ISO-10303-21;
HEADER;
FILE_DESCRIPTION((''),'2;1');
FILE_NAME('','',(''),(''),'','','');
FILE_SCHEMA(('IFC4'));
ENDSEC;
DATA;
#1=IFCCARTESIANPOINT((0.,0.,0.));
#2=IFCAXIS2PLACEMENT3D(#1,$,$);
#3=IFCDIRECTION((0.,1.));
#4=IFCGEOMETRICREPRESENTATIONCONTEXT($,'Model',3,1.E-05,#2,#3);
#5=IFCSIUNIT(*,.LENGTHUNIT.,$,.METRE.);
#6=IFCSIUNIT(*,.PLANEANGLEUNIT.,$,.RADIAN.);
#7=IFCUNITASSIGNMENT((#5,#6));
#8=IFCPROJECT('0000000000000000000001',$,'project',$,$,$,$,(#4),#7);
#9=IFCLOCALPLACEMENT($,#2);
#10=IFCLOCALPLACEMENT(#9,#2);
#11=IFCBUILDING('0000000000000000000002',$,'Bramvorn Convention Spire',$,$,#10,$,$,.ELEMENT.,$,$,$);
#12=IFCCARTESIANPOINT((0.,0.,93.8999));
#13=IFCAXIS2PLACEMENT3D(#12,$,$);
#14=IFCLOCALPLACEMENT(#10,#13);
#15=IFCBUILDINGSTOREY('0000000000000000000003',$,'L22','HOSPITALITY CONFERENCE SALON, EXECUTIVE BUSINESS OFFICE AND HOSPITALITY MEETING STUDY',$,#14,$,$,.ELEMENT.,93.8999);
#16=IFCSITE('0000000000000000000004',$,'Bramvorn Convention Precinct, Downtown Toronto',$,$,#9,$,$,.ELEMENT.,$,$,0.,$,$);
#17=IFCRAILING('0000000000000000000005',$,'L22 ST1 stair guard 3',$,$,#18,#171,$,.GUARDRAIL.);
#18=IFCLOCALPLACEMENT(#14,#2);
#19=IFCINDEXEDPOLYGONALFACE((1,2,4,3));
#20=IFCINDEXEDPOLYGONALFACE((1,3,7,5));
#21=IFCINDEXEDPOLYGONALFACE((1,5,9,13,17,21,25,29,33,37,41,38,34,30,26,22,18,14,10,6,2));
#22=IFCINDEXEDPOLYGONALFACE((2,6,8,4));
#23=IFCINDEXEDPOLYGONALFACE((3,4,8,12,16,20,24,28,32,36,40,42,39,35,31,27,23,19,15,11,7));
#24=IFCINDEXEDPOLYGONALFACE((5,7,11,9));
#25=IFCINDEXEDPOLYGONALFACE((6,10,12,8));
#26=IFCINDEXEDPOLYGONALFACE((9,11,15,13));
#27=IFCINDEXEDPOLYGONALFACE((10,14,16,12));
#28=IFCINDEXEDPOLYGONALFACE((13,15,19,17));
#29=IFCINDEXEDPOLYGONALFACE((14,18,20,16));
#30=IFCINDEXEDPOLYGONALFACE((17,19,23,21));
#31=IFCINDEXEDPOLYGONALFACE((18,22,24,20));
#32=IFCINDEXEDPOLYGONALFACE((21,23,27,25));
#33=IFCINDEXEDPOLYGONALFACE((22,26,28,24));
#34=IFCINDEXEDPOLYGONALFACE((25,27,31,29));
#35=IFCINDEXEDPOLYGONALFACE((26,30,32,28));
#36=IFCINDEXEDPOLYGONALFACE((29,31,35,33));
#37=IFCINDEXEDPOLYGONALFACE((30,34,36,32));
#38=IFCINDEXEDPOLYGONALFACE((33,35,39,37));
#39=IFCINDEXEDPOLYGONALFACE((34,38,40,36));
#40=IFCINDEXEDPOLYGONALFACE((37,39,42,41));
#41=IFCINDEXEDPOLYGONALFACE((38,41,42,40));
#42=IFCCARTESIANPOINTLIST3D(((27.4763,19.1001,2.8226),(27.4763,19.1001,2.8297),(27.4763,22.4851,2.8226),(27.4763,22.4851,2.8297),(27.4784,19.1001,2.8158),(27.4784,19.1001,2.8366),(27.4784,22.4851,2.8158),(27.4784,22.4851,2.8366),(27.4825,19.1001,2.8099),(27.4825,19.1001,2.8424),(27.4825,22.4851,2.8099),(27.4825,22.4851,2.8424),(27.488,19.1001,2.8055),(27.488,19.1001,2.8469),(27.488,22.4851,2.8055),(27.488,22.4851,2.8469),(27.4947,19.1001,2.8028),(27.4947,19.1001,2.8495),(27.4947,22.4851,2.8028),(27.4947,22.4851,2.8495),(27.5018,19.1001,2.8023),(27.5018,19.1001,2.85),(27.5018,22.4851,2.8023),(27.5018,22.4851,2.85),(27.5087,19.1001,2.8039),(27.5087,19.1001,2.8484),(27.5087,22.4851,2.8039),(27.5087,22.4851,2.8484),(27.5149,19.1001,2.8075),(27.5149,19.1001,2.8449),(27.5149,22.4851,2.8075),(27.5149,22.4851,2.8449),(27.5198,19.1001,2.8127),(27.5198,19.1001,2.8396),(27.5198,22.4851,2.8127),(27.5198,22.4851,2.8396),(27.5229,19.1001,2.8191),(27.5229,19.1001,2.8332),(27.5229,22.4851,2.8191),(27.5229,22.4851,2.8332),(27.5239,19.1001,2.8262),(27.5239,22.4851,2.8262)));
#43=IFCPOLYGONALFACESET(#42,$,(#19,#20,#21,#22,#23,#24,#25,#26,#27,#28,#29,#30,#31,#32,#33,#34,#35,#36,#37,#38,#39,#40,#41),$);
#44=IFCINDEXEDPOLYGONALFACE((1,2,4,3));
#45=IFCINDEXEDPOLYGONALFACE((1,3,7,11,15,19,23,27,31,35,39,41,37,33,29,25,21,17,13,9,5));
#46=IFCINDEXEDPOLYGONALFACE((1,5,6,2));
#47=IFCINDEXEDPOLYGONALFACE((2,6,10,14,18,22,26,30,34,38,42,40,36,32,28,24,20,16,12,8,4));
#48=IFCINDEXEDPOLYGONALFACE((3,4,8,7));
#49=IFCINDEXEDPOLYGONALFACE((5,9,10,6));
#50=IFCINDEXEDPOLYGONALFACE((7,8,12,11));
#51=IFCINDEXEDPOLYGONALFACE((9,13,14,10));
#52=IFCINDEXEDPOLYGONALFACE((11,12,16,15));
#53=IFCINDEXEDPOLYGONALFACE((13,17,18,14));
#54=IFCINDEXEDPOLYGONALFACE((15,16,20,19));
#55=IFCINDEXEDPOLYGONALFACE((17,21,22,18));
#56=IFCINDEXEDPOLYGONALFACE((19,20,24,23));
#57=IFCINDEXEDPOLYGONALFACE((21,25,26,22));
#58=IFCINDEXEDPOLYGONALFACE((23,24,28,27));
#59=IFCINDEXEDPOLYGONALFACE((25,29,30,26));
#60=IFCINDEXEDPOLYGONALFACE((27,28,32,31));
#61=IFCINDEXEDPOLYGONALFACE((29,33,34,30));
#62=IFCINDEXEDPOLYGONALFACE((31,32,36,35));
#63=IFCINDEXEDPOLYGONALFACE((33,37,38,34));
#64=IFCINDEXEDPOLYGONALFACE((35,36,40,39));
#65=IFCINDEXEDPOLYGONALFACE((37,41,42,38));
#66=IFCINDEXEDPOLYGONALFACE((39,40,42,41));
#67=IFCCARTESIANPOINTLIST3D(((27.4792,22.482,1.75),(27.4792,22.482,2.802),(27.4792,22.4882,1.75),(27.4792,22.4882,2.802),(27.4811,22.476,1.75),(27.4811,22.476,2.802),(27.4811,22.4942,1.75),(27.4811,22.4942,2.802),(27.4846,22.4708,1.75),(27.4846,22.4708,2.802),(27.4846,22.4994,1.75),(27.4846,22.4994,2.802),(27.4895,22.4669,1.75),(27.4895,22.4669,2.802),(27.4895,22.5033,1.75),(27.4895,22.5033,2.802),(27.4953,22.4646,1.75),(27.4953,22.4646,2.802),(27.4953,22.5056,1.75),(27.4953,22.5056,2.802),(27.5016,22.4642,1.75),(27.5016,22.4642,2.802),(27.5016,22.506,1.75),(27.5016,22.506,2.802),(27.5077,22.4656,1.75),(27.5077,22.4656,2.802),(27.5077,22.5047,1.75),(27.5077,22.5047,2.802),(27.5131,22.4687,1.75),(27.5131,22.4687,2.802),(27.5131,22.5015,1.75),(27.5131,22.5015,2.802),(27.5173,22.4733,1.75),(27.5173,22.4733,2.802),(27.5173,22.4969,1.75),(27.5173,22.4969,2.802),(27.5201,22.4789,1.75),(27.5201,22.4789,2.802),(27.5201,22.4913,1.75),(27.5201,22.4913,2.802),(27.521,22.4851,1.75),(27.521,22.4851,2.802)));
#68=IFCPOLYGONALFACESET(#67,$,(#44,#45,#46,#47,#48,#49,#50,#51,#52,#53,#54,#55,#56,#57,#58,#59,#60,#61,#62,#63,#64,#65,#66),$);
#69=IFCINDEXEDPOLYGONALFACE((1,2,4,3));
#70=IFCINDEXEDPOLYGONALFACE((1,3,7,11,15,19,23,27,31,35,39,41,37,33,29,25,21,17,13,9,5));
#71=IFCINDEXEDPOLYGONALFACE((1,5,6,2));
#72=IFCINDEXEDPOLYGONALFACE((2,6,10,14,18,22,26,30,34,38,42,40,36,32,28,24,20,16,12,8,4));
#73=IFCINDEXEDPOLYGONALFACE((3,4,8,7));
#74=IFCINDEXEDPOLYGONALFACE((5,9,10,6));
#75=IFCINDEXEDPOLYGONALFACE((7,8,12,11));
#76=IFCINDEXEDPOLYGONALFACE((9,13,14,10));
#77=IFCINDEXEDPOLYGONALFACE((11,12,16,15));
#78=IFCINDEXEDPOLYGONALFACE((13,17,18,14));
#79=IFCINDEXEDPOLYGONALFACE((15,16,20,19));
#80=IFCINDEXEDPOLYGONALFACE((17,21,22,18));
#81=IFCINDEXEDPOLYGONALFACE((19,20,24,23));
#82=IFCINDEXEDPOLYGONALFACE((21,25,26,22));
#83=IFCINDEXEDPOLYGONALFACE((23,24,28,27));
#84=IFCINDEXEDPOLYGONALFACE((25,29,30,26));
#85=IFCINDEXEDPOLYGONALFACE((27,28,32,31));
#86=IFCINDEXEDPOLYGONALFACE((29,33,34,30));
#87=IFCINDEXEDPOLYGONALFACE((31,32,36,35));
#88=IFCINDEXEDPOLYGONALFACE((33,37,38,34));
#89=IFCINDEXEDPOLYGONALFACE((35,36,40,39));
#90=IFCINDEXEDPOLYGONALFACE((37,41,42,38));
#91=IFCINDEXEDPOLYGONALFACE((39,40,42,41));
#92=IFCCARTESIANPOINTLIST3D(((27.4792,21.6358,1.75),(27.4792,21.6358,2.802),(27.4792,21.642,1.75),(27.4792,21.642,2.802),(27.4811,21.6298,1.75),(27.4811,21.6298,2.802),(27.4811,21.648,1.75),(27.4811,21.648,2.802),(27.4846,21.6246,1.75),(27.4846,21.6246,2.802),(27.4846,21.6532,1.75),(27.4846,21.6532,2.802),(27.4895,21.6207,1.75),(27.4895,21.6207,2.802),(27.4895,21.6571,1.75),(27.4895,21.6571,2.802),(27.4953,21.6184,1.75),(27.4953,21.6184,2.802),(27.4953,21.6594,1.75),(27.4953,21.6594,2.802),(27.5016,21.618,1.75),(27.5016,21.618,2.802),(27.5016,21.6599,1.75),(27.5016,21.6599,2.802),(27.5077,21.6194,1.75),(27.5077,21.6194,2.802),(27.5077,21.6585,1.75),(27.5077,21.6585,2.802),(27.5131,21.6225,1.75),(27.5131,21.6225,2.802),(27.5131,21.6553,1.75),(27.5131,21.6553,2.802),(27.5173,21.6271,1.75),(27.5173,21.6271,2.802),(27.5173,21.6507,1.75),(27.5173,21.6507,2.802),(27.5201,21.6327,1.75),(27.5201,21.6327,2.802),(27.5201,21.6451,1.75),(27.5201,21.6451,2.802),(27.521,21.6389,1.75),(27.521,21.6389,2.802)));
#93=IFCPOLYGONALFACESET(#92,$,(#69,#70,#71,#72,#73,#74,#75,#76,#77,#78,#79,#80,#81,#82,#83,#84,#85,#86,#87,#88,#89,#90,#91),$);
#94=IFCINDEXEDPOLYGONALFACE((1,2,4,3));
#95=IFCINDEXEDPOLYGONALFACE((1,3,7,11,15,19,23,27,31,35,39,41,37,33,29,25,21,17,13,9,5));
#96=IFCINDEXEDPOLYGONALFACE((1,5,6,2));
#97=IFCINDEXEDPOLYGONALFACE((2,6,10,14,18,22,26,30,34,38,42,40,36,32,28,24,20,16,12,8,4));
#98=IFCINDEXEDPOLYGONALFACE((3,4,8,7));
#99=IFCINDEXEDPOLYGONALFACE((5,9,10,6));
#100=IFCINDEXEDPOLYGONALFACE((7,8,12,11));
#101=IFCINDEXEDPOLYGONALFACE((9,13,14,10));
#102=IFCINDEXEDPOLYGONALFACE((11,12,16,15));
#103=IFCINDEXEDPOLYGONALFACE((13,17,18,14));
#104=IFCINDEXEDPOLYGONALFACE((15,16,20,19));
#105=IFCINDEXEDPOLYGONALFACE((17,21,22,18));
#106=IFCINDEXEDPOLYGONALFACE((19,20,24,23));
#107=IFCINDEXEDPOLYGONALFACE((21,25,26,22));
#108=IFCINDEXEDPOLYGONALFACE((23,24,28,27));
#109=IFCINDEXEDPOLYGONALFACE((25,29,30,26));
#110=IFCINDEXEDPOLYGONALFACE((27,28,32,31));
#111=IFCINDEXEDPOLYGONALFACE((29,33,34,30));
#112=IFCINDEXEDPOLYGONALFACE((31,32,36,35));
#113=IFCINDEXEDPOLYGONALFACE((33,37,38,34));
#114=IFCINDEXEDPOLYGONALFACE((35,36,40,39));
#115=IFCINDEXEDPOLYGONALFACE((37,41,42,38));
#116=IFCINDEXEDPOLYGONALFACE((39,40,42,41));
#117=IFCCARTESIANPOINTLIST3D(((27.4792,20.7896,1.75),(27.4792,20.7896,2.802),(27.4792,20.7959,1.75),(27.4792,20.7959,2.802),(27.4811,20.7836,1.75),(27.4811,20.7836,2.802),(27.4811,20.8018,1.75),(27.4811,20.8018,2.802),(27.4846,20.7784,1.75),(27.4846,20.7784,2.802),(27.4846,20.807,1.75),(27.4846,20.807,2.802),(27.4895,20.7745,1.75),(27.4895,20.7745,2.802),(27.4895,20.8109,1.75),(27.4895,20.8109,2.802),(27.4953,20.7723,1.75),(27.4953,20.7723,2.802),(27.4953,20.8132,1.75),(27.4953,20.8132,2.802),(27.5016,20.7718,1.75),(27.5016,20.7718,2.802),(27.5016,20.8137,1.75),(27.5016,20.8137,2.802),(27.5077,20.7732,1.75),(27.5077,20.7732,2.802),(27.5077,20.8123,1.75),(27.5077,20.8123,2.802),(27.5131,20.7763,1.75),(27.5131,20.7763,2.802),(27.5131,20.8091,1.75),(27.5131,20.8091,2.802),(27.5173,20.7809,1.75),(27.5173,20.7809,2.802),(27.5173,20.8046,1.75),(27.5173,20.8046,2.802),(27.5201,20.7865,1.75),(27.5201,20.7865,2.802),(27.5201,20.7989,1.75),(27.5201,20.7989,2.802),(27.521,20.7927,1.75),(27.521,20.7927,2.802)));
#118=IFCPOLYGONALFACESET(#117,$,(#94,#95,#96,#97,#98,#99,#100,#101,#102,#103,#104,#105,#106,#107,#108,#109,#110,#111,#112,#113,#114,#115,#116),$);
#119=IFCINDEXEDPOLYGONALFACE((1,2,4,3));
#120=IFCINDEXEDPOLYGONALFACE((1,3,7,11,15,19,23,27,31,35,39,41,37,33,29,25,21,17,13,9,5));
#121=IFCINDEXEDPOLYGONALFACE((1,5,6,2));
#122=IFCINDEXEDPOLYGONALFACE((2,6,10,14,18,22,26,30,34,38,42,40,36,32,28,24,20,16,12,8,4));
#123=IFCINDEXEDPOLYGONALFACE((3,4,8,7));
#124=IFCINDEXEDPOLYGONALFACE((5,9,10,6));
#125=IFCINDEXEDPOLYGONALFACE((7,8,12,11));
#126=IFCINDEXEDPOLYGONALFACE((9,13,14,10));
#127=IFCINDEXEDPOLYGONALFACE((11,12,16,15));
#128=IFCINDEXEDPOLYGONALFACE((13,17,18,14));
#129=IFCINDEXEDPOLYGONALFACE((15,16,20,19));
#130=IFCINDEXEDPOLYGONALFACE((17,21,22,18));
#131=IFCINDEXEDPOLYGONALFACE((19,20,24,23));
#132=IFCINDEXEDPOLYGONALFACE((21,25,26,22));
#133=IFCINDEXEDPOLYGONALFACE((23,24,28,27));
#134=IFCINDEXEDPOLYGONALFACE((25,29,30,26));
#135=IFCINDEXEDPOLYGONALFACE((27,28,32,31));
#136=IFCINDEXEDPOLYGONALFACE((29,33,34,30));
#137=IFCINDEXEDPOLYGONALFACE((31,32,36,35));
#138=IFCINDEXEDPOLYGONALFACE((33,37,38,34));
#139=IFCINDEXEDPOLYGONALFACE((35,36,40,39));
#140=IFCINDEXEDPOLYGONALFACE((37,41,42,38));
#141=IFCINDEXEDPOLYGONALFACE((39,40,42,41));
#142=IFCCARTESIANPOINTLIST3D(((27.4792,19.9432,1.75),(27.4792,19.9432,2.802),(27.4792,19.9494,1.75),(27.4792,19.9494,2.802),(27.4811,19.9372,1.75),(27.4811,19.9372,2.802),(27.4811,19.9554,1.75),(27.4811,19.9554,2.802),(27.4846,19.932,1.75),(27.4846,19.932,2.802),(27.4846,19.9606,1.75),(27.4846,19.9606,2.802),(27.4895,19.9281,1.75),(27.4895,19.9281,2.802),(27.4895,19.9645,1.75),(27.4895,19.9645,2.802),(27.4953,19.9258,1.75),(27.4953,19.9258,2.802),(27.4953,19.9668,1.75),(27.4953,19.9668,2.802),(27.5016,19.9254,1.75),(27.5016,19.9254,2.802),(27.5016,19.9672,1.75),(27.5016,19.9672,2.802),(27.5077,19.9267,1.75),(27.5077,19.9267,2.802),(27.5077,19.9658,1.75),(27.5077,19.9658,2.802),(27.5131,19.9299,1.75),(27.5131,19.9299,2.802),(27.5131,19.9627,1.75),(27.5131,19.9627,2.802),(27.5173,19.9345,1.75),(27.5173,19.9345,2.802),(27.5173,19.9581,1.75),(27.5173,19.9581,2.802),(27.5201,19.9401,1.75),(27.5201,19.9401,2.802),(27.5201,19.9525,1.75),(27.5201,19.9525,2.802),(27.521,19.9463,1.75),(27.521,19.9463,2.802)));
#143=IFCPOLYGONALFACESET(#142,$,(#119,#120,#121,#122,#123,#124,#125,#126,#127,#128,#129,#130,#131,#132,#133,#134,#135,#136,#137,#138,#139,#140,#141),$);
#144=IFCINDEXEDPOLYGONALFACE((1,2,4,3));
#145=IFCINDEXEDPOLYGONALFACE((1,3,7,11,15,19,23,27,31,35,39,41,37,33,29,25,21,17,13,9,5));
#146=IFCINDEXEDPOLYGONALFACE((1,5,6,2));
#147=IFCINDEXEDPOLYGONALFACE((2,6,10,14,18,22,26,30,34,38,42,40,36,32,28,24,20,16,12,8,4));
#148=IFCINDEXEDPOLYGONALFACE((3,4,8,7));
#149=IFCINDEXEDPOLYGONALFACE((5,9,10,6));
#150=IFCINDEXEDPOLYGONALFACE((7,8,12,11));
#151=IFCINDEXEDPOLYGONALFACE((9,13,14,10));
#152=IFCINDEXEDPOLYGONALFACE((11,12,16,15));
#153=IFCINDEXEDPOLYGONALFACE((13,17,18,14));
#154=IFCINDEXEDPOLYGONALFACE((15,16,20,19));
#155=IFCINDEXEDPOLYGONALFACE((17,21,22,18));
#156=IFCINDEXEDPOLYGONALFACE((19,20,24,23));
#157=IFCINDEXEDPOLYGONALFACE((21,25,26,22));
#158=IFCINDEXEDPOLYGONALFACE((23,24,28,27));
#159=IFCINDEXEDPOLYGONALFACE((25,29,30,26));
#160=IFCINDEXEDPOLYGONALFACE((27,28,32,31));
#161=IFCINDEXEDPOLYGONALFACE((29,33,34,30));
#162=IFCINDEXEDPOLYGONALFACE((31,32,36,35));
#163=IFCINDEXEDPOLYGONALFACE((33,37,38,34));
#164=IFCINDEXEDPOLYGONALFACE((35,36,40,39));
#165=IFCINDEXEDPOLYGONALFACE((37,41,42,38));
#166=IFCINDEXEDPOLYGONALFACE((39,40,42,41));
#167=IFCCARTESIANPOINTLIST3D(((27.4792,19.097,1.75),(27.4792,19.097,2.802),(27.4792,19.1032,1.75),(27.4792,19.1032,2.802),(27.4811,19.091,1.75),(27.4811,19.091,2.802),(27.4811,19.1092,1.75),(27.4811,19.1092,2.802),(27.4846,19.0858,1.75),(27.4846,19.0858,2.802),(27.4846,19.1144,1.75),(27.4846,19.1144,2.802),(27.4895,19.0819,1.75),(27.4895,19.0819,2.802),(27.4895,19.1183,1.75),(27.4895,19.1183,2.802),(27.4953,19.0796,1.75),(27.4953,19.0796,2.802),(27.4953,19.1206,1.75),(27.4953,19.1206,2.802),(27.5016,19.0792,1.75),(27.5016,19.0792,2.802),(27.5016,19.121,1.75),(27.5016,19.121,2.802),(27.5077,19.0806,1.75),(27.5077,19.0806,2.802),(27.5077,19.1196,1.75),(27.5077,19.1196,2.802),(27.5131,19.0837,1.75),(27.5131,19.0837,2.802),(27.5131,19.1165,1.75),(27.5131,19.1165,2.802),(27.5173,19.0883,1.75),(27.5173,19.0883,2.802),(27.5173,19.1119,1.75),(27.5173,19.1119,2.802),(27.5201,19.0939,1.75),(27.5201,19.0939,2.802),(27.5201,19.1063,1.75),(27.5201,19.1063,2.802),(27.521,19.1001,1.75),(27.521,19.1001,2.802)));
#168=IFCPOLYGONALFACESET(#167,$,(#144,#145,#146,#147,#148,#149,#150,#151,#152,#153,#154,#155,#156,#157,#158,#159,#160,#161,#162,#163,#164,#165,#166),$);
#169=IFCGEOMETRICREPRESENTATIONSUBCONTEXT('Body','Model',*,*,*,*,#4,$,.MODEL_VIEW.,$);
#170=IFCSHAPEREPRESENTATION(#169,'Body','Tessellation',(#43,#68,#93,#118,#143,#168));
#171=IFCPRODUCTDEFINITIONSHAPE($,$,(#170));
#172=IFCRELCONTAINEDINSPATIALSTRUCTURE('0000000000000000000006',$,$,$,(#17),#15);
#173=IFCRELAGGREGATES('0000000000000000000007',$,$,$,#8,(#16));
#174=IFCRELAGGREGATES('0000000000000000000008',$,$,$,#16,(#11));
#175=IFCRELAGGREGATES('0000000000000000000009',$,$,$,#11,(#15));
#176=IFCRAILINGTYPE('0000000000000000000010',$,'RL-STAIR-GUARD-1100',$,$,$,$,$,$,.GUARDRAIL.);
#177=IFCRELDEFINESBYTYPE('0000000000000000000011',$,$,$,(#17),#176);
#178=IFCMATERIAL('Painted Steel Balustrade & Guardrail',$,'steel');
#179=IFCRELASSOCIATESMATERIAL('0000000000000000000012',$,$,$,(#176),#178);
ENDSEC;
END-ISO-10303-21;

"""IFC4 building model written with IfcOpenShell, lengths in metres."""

from ifc_helpers import new_model, si_unit, direction, frame, origin, origin_2d, place, context, subcontext, project, spatial, circle, extrude, material, type_object, element, save


model = new_model("IFC4")

# Units and contexts
model_context = context("Model", 3, precision=1e-05, world=origin(), true_north=direction((0.0, 1.0)))
body_context = subcontext(model_context, "Body", "Model", "MODEL_VIEW")
ifc_project = project(units=[si_unit("LENGTHUNIT", "METRE"), si_unit("PLANEANGLEUNIT", "RADIAN")], contexts=[model_context])

# Site, building, storey
site_placement = place(None, origin())
site = spatial("IfcSite", under=ifc_project, at=site_placement, Name="Bramvorn Convention Precinct, Downtown Toronto", CompositionType="ELEMENT", RefElevation=0.0)
building_placement = place(site_placement, origin())
building = spatial("IfcBuilding", under=site, at=building_placement, Name="Bramvorn Convention Spire", CompositionType="ELEMENT")
storey_placement = place(building_placement, frame((0.0, 0.0, 93.8999)))
storey = spatial("IfcBuildingStorey", under=building, at=storey_placement, Name="L22", Description="HOSPITALITY CONFERENCE SALON, EXECUTIVE BUSINESS OFFICE AND HOSPITALITY MEETING STUDY", CompositionType="ELEMENT", Elevation=93.8999)

# Railing
ifc_material_1 = material(Name="Painted Steel Balustrade & Guardrail", Category="steel")
railing_type_1 = type_object("IfcRailingType", Name="RL-STAIR-GUARD-1100", PredefinedType="GUARDRAIL", material=ifc_material_1)
for number, where, name in (
    (1, (27.5, 22.4851, 1.75), "L22 ST1 stair guard 3"),
):
    element("IfcRailing", number, at=place(storey_placement, frame(where)), inside=storey, type_object=railing_type_1, Name=name, PredefinedType="GUARDRAIL", context=body_context, shape_type="SweptSolid", body=[
        extrude(circle(Radius=0.0239, at=origin_2d()), frame((0.0, 0.0, 1.0762), z_axis=(0.0, -1.0, 0.0), x_axis=(1.0, 0.0, 0.0)), (0.0, 0.0, 1.0), 3.385),
        extrude(circle(Radius=0.021, at=origin_2d()), origin(), (0.0, 0.0, 1.0), 1.052),
        extrude(circle(Radius=0.021, at=origin_2d()), frame((0.0, -0.8462, 0.0)), (0.0, 0.0, 1.0), 1.052),
        extrude(circle(Radius=0.021, at=origin_2d()), frame((0.0, -1.6924, 0.0)), (0.0, 0.0, 1.0), 1.052),
        extrude(circle(Radius=0.021, at=origin_2d()), frame((0.0, -2.5388, 0.0)), (0.0, 0.0, 1.0), 1.052),
        extrude(circle(Radius=0.021, at=origin_2d()), frame((0.0, -3.385, 0.0)), (0.0, 0.0, 1.0), 1.052),
    ])

save(model, "model.ifc")
